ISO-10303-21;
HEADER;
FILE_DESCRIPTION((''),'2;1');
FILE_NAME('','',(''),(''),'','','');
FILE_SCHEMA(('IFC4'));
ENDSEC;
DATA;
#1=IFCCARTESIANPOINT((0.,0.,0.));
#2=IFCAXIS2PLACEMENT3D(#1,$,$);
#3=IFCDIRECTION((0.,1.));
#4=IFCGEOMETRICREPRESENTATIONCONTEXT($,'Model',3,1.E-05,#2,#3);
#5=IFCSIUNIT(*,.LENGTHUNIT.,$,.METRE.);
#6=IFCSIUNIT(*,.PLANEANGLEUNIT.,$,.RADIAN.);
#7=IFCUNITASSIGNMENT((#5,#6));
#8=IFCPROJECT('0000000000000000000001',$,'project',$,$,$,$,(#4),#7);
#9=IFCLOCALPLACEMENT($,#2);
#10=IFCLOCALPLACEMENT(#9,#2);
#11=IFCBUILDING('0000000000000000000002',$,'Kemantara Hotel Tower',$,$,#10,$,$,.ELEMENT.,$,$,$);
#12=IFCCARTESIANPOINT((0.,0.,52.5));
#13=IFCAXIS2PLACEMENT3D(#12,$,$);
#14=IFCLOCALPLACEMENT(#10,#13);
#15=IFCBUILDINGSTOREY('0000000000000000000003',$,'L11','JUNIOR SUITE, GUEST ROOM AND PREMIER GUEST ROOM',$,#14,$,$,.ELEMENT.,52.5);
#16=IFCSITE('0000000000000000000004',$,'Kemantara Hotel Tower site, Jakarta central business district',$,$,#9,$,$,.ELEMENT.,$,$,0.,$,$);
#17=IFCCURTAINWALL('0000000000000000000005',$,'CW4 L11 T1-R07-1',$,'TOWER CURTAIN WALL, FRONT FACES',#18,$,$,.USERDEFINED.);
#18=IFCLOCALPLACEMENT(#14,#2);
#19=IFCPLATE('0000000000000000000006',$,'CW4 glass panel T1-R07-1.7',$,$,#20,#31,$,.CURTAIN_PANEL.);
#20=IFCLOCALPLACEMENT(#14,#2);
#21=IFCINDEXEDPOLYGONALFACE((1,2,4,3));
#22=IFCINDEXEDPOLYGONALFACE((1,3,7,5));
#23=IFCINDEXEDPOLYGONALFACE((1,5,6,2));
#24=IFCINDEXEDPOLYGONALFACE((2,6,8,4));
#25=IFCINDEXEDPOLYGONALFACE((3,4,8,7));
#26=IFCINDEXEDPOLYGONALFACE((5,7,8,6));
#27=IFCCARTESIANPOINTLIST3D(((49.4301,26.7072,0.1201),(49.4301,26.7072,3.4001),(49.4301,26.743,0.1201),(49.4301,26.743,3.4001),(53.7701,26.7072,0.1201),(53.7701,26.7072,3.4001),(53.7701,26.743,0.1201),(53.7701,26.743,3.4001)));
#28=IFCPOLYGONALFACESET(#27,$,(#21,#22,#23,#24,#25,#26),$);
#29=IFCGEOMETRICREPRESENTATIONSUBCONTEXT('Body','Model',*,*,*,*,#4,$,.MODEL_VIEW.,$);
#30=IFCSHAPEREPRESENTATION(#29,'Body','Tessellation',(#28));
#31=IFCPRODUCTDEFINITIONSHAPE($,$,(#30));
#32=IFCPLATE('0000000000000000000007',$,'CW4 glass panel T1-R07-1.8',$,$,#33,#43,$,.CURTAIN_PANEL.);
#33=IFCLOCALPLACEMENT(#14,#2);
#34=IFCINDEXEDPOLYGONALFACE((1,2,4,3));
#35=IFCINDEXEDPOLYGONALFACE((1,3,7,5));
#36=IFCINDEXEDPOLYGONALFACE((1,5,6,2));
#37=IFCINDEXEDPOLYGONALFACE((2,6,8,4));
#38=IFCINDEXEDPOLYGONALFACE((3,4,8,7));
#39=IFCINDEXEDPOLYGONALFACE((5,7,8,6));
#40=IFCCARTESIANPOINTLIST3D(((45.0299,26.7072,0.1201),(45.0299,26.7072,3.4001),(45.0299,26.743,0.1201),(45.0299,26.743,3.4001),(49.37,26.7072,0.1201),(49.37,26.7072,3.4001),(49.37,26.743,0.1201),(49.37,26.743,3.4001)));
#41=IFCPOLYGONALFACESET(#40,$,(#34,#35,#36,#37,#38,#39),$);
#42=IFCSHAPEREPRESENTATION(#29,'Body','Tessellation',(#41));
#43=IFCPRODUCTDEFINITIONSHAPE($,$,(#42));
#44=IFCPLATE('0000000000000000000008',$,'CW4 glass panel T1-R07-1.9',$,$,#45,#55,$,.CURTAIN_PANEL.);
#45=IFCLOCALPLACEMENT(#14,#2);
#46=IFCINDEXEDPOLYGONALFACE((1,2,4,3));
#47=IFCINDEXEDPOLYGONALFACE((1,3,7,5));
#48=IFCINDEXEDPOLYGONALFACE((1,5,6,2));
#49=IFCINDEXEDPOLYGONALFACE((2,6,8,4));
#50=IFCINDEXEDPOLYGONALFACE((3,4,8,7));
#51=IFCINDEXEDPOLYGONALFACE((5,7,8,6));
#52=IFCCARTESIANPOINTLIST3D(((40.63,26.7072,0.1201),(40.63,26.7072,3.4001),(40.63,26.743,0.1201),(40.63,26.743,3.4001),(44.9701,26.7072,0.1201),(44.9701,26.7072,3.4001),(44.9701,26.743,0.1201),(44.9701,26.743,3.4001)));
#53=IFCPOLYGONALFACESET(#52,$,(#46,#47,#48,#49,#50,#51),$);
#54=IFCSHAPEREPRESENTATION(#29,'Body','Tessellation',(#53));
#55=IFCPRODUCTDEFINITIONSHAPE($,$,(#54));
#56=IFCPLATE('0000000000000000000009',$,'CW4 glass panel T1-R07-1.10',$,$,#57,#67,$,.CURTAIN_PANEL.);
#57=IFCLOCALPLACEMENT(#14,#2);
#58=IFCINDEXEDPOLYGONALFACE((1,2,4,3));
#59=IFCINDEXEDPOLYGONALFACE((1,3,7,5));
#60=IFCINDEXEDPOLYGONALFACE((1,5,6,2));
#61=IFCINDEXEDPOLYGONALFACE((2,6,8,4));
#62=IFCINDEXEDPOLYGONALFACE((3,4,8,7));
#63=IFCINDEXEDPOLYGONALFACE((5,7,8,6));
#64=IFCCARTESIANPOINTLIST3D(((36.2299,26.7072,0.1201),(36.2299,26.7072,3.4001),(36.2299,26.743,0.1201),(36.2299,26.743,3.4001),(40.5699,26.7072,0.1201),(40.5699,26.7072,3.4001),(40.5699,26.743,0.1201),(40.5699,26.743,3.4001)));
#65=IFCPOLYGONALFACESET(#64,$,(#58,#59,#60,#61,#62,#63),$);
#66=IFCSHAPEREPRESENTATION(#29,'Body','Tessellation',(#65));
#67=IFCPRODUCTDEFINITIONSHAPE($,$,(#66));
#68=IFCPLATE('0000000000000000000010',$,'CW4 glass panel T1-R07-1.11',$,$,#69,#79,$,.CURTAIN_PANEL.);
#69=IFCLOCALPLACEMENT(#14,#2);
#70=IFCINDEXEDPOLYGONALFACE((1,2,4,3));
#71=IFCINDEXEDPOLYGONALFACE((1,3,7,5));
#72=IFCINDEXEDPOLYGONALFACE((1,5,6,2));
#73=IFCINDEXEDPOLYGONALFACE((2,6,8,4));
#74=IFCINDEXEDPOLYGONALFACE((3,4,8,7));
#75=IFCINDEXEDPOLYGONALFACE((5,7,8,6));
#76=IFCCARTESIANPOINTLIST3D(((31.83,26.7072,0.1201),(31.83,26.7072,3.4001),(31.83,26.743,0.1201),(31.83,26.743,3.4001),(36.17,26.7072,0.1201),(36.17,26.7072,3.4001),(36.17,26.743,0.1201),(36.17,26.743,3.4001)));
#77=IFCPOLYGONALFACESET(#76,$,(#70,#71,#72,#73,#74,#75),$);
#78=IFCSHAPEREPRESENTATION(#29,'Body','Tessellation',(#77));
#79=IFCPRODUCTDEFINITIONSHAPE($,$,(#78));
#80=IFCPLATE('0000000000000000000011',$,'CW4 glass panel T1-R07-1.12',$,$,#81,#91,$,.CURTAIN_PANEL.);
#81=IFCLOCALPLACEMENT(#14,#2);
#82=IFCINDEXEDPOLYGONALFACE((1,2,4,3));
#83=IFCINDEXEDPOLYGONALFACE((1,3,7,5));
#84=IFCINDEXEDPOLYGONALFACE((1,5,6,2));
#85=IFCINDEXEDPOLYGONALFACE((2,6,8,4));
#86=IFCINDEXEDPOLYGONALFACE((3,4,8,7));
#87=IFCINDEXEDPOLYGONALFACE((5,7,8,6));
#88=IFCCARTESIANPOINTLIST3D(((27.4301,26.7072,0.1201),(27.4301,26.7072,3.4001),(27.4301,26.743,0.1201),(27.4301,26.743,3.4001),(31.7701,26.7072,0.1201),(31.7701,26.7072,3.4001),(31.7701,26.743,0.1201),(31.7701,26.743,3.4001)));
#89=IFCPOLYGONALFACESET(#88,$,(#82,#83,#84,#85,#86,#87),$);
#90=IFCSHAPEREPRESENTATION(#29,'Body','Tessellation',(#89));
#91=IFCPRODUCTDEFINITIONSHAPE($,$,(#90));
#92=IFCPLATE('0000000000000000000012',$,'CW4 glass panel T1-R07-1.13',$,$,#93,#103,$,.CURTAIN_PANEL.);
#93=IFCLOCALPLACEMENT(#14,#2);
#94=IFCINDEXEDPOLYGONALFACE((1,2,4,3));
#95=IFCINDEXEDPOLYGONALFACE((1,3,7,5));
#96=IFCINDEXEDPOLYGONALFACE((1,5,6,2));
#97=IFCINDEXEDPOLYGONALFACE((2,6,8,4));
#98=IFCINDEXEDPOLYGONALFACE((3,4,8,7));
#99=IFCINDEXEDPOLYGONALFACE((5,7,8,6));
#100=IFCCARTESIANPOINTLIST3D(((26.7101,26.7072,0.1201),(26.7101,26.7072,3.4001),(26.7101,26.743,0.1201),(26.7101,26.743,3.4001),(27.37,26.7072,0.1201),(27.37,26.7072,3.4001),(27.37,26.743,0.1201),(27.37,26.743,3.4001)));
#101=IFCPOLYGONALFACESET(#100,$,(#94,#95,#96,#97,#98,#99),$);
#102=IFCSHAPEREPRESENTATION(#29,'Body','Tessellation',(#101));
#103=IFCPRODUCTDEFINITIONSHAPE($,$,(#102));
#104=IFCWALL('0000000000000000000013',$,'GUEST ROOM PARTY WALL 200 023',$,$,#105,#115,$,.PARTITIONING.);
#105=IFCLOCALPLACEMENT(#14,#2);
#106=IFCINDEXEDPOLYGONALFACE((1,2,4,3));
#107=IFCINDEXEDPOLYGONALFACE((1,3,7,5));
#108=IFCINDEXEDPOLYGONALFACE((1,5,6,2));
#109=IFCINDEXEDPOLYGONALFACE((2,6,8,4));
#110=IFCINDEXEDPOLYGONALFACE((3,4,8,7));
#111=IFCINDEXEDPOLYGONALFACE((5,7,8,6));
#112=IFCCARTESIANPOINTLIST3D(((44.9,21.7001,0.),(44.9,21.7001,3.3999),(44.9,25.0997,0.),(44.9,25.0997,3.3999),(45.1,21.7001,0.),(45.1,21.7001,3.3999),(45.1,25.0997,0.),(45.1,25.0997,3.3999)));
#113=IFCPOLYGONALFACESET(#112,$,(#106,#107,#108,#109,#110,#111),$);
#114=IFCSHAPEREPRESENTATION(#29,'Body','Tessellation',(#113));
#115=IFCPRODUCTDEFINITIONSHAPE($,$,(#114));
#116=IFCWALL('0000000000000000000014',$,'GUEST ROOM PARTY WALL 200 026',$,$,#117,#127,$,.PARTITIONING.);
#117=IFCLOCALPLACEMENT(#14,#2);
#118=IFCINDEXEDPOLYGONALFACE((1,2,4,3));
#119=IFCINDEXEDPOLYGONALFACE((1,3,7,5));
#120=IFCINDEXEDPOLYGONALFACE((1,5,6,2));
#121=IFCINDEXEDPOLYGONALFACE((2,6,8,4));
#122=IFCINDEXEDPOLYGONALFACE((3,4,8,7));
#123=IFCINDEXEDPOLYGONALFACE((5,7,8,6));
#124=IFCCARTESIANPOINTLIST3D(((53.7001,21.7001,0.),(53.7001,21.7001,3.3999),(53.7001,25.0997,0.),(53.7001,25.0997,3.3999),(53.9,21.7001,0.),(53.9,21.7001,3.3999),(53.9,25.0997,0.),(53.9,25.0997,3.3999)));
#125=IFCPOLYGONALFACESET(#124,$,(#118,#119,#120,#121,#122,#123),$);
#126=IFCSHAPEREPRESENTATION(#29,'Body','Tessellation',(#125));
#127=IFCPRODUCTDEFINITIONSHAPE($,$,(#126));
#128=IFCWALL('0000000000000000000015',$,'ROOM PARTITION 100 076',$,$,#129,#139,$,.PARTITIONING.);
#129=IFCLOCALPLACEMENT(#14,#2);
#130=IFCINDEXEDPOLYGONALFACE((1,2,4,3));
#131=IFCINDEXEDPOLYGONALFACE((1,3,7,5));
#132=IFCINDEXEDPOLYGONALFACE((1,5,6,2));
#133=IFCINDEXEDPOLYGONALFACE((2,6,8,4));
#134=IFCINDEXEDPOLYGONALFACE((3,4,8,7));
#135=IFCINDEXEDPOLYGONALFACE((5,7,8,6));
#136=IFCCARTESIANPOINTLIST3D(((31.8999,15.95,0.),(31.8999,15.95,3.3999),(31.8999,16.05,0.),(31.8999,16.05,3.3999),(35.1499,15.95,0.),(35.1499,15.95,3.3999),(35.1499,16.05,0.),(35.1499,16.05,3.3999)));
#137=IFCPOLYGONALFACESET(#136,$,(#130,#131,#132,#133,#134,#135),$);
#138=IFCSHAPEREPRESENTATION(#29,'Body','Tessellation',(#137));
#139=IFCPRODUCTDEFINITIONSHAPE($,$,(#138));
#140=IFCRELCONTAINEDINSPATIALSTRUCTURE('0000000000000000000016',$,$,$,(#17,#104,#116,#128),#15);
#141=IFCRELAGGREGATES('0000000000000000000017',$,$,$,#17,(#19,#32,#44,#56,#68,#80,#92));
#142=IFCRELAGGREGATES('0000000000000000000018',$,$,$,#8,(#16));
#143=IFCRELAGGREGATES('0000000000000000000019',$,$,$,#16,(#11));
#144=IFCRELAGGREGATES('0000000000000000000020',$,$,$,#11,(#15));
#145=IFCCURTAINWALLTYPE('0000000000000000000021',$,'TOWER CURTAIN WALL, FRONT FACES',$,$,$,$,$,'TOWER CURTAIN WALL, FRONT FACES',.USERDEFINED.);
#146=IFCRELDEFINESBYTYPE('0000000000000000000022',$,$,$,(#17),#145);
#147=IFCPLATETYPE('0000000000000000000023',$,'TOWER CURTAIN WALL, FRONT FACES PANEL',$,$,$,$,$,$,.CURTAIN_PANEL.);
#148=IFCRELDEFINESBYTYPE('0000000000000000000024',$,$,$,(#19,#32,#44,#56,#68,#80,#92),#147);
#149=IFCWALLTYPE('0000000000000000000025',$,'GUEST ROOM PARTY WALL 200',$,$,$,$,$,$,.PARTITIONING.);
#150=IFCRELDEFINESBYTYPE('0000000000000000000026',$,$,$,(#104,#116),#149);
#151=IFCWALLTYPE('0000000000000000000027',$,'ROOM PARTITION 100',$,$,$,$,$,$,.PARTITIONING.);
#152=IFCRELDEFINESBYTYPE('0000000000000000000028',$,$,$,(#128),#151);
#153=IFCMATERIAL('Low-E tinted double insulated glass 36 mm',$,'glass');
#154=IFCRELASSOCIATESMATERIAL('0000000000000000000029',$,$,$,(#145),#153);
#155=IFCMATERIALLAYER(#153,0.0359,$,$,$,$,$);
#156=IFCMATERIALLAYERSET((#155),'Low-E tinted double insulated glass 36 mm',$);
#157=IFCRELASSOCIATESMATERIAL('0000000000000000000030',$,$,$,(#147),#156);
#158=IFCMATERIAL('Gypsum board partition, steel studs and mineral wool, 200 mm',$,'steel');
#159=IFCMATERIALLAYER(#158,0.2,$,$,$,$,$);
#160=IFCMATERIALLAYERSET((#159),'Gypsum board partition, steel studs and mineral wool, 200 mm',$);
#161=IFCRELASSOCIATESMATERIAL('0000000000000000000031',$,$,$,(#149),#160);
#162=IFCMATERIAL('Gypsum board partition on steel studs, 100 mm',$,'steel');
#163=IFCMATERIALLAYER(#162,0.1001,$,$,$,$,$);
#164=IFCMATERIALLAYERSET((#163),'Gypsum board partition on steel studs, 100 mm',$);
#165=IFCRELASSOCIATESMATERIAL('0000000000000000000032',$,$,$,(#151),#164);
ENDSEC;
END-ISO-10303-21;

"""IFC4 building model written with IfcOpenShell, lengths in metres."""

from ifc_helpers import new_model, si_unit, direction, frame, frame_2d, origin, origin_2d, place, context, subcontext, project, spatial, rectangle, extrude, source, transform, mapped, material, layer, layer_set, type_object, element, aggregate, save


model = new_model("IFC4")

# Units and contexts
model_context = context("Model", 3, precision=1e-05, world=origin(), true_north=direction((0.0, 1.0)))
body_context = subcontext(model_context, "Body", "Model", "MODEL_VIEW")
ifc_project = project(units=[si_unit("LENGTHUNIT", "METRE"), si_unit("PLANEANGLEUNIT", "RADIAN")], contexts=[model_context])

# Site, building, storey
site_placement = place(None, origin())
site = spatial("IfcSite", under=ifc_project, at=site_placement, Name="Kemantara Hotel Tower site, Jakarta central business district", CompositionType="ELEMENT", RefElevation=0.0)
building_placement = place(site_placement, origin())
building = spatial("IfcBuilding", under=site, at=building_placement, Name="Kemantara Hotel Tower", CompositionType="ELEMENT")
storey_placement = place(building_placement, frame((0.0, 0.0, 52.5)))
storey = spatial("IfcBuildingStorey", under=building, at=storey_placement, Name="L11", Description="JUNIOR SUITE, GUEST ROOM AND PREMIER GUEST ROOM", CompositionType="ELEMENT", Elevation=52.5)

# Curtain wall, plates
ifc_material_1 = material(Name="Low-E tinted double insulated glass 36 mm", Category="glass")
curtain_wall_type = type_object("IfcCurtainWallType", Name="TOWER CURTAIN WALL, FRONT FACES", ElementType="TOWER CURTAIN WALL, FRONT FACES", PredefinedType="USERDEFINED", material=ifc_material_1)
curtain_wall_placement = place(storey_placement, origin())
curtain_wall = element("IfcCurtainWall", 1, at=curtain_wall_placement, inside=storey, type_object=curtain_wall_type, Name="CW4 L11 T1-R07-1", ObjectType="TOWER CURTAIN WALL, FRONT FACES", PredefinedType="USERDEFINED")
ifc_layer_1 = layer(ifc_material_1, 0.0359)
ifc_layer_set_1 = layer_set([ifc_layer_1], Name="Low-E tinted double insulated glass 36 mm")
plate_type = type_object("IfcPlateType", Name="TOWER CURTAIN WALL, FRONT FACES PANEL", PredefinedType="CURTAIN_PANEL", material=ifc_layer_set_1)
shared_shape_1 = source(origin(), body_context, "Body", "SweptSolid", [
    extrude(rectangle(XDim=4.3401, YDim=0.0359, at=origin_2d()), origin(), (0.0, 0.0, 1.0), 3.28),
])
plate_1_placement = place(storey_placement, frame((51.6001, 26.7251, 0.1201), z_axis=(0.0, 0.0, 1.0), x_axis=(-1.0, 0.0, 0.0)))
plate_1 = element("IfcPlate", 2, at=plate_1_placement, type_object=plate_type, Name="CW4 glass panel T1-R07-1.7", PredefinedType="CURTAIN_PANEL", context=body_context, shape_type="MappedRepresentation", body=[
    mapped(shared_shape_1, transform((0.0, 0.0, 0.0))),
])
plate_2_placement = place(storey_placement, frame((47.2, 26.7251, 0.1201), z_axis=(0.0, 0.0, 1.0), x_axis=(-1.0, 0.0, 0.0)))
plate_2 = element("IfcPlate", 3, at=plate_2_placement, type_object=plate_type, Name="CW4 glass panel T1-R07-1.8", PredefinedType="CURTAIN_PANEL", context=body_context, shape_type="MappedRepresentation", body=[
    mapped(shared_shape_1, transform((0.0, 0.0, 0.0))),
])
plate_3_placement = place(storey_placement, frame((42.8, 26.7251, 0.1201), z_axis=(0.0, 0.0, 1.0), x_axis=(-1.0, 0.0, 0.0)))
plate_3 = element("IfcPlate", 4, at=plate_3_placement, type_object=plate_type, Name="CW4 glass panel T1-R07-1.9", PredefinedType="CURTAIN_PANEL", context=body_context, shape_type="MappedRepresentation", body=[
    mapped(shared_shape_1, transform((0.0, 0.0, 0.0))),
])
plate_4_placement = place(storey_placement, frame((38.3999, 26.7251, 0.1201), z_axis=(0.0, 0.0, 1.0), x_axis=(-1.0, 0.0, 0.0)))
plate_4 = element("IfcPlate", 5, at=plate_4_placement, type_object=plate_type, Name="CW4 glass panel T1-R07-1.10", PredefinedType="CURTAIN_PANEL", context=body_context, shape_type="MappedRepresentation", body=[
    mapped(shared_shape_1, transform((0.0, 0.0, 0.0))),
])
plate_5_placement = place(storey_placement, frame((34.0, 26.7251, 0.1201), z_axis=(0.0, 0.0, 1.0), x_axis=(-1.0, 0.0, 0.0)))
plate_5 = element("IfcPlate", 6, at=plate_5_placement, type_object=plate_type, Name="CW4 glass panel T1-R07-1.11", PredefinedType="CURTAIN_PANEL", context=body_context, shape_type="MappedRepresentation", body=[
    mapped(shared_shape_1, transform((0.0, 0.0, 0.0))),
])
plate_6_placement = place(storey_placement, frame((29.6001, 26.7251, 0.1201), z_axis=(0.0, 0.0, 1.0), x_axis=(-1.0, 0.0, 0.0)))
plate_6 = element("IfcPlate", 7, at=plate_6_placement, type_object=plate_type, Name="CW4 glass panel T1-R07-1.12", PredefinedType="CURTAIN_PANEL", context=body_context, shape_type="MappedRepresentation", body=[
    mapped(shared_shape_1, transform((0.0, 0.0, 0.0))),
])
shared_shape_2 = source(origin(), body_context, "Body", "SweptSolid", [
    extrude(rectangle(XDim=0.6599, YDim=0.0359, at=origin_2d()), origin(), (0.0, 0.0, 1.0), 3.28),
])
plate_7_placement = place(storey_placement, frame((27.04, 26.7251, 0.1201), z_axis=(0.0, 0.0, 1.0), x_axis=(-1.0, 0.0, 0.0)))
plate_7 = element("IfcPlate", 8, at=plate_7_placement, type_object=plate_type, Name="CW4 glass panel T1-R07-1.13", PredefinedType="CURTAIN_PANEL", context=body_context, shape_type="MappedRepresentation", body=[
    mapped(shared_shape_2, transform((0.0, 0.0, 0.0))),
])
aggregate(curtain_wall, [plate_1, plate_2, plate_3, plate_4, plate_5, plate_6, plate_7])

# Walls
ifc_material_2 = material(Name="Gypsum board partition, steel studs and mineral wool, 200 mm", Category="steel")
ifc_layer_2 = layer(ifc_material_2, 0.2)
ifc_layer_set_2 = layer_set([ifc_layer_2], Name="Gypsum board partition, steel studs and mineral wool, 200 mm")
wall_type_1 = type_object("IfcWallType", Name="GUEST ROOM PARTY WALL 200", PredefinedType="PARTITIONING", material=ifc_layer_set_2)
for number, where, z_axis, x_axis, name in (
    (9, (45.0, 21.7002, 0.0), (0.0, 0.0, 1.0), (0.0, 1.0, 0.0), "GUEST ROOM PARTY WALL 200 023"),
    (10, (53.8, 21.7002, 0.0), (0.0, 0.0, 1.0), (0.0, 1.0, 0.0), "GUEST ROOM PARTY WALL 200 026"),
):
    element("IfcWall", number, at=place(storey_placement, frame(where, z_axis=z_axis, x_axis=x_axis)), inside=storey, type_object=wall_type_1, Name=name, PredefinedType="PARTITIONING", context=body_context, shape_type="SweptSolid", body=[
        extrude(rectangle(XDim=3.3997, YDim=0.2, at=frame_2d((1.6997, 0.0))), origin(), (0.0, 0.0, 1.0), 3.3999),
    ])
ifc_material_3 = material(Name="Gypsum board partition on steel studs, 100 mm", Category="steel")
ifc_layer_3 = layer(ifc_material_3, 0.1001)
ifc_layer_set_3 = layer_set([ifc_layer_3], Name="Gypsum board partition on steel studs, 100 mm")
wall_type_2 = type_object("IfcWallType", Name="ROOM PARTITION 100", PredefinedType="PARTITIONING", material=ifc_layer_set_3)
wall_placement = place(storey_placement, frame((31.8999, 16.0, 0.0), z_axis=(0.0, 0.0, 1.0), x_axis=(1.0, 0.0, 0.0)))
element("IfcWall", 11, at=wall_placement, inside=storey, type_object=wall_type_2, Name="ROOM PARTITION 100 076", PredefinedType="PARTITIONING", context=body_context, shape_type="SweptSolid", body=[
    extrude(rectangle(XDim=3.25, YDim=0.1001, at=frame_2d((1.625, 0.0))), origin(), (0.0, 0.0, 1.0), 3.3999),
])

save(model, "model.ifc")
